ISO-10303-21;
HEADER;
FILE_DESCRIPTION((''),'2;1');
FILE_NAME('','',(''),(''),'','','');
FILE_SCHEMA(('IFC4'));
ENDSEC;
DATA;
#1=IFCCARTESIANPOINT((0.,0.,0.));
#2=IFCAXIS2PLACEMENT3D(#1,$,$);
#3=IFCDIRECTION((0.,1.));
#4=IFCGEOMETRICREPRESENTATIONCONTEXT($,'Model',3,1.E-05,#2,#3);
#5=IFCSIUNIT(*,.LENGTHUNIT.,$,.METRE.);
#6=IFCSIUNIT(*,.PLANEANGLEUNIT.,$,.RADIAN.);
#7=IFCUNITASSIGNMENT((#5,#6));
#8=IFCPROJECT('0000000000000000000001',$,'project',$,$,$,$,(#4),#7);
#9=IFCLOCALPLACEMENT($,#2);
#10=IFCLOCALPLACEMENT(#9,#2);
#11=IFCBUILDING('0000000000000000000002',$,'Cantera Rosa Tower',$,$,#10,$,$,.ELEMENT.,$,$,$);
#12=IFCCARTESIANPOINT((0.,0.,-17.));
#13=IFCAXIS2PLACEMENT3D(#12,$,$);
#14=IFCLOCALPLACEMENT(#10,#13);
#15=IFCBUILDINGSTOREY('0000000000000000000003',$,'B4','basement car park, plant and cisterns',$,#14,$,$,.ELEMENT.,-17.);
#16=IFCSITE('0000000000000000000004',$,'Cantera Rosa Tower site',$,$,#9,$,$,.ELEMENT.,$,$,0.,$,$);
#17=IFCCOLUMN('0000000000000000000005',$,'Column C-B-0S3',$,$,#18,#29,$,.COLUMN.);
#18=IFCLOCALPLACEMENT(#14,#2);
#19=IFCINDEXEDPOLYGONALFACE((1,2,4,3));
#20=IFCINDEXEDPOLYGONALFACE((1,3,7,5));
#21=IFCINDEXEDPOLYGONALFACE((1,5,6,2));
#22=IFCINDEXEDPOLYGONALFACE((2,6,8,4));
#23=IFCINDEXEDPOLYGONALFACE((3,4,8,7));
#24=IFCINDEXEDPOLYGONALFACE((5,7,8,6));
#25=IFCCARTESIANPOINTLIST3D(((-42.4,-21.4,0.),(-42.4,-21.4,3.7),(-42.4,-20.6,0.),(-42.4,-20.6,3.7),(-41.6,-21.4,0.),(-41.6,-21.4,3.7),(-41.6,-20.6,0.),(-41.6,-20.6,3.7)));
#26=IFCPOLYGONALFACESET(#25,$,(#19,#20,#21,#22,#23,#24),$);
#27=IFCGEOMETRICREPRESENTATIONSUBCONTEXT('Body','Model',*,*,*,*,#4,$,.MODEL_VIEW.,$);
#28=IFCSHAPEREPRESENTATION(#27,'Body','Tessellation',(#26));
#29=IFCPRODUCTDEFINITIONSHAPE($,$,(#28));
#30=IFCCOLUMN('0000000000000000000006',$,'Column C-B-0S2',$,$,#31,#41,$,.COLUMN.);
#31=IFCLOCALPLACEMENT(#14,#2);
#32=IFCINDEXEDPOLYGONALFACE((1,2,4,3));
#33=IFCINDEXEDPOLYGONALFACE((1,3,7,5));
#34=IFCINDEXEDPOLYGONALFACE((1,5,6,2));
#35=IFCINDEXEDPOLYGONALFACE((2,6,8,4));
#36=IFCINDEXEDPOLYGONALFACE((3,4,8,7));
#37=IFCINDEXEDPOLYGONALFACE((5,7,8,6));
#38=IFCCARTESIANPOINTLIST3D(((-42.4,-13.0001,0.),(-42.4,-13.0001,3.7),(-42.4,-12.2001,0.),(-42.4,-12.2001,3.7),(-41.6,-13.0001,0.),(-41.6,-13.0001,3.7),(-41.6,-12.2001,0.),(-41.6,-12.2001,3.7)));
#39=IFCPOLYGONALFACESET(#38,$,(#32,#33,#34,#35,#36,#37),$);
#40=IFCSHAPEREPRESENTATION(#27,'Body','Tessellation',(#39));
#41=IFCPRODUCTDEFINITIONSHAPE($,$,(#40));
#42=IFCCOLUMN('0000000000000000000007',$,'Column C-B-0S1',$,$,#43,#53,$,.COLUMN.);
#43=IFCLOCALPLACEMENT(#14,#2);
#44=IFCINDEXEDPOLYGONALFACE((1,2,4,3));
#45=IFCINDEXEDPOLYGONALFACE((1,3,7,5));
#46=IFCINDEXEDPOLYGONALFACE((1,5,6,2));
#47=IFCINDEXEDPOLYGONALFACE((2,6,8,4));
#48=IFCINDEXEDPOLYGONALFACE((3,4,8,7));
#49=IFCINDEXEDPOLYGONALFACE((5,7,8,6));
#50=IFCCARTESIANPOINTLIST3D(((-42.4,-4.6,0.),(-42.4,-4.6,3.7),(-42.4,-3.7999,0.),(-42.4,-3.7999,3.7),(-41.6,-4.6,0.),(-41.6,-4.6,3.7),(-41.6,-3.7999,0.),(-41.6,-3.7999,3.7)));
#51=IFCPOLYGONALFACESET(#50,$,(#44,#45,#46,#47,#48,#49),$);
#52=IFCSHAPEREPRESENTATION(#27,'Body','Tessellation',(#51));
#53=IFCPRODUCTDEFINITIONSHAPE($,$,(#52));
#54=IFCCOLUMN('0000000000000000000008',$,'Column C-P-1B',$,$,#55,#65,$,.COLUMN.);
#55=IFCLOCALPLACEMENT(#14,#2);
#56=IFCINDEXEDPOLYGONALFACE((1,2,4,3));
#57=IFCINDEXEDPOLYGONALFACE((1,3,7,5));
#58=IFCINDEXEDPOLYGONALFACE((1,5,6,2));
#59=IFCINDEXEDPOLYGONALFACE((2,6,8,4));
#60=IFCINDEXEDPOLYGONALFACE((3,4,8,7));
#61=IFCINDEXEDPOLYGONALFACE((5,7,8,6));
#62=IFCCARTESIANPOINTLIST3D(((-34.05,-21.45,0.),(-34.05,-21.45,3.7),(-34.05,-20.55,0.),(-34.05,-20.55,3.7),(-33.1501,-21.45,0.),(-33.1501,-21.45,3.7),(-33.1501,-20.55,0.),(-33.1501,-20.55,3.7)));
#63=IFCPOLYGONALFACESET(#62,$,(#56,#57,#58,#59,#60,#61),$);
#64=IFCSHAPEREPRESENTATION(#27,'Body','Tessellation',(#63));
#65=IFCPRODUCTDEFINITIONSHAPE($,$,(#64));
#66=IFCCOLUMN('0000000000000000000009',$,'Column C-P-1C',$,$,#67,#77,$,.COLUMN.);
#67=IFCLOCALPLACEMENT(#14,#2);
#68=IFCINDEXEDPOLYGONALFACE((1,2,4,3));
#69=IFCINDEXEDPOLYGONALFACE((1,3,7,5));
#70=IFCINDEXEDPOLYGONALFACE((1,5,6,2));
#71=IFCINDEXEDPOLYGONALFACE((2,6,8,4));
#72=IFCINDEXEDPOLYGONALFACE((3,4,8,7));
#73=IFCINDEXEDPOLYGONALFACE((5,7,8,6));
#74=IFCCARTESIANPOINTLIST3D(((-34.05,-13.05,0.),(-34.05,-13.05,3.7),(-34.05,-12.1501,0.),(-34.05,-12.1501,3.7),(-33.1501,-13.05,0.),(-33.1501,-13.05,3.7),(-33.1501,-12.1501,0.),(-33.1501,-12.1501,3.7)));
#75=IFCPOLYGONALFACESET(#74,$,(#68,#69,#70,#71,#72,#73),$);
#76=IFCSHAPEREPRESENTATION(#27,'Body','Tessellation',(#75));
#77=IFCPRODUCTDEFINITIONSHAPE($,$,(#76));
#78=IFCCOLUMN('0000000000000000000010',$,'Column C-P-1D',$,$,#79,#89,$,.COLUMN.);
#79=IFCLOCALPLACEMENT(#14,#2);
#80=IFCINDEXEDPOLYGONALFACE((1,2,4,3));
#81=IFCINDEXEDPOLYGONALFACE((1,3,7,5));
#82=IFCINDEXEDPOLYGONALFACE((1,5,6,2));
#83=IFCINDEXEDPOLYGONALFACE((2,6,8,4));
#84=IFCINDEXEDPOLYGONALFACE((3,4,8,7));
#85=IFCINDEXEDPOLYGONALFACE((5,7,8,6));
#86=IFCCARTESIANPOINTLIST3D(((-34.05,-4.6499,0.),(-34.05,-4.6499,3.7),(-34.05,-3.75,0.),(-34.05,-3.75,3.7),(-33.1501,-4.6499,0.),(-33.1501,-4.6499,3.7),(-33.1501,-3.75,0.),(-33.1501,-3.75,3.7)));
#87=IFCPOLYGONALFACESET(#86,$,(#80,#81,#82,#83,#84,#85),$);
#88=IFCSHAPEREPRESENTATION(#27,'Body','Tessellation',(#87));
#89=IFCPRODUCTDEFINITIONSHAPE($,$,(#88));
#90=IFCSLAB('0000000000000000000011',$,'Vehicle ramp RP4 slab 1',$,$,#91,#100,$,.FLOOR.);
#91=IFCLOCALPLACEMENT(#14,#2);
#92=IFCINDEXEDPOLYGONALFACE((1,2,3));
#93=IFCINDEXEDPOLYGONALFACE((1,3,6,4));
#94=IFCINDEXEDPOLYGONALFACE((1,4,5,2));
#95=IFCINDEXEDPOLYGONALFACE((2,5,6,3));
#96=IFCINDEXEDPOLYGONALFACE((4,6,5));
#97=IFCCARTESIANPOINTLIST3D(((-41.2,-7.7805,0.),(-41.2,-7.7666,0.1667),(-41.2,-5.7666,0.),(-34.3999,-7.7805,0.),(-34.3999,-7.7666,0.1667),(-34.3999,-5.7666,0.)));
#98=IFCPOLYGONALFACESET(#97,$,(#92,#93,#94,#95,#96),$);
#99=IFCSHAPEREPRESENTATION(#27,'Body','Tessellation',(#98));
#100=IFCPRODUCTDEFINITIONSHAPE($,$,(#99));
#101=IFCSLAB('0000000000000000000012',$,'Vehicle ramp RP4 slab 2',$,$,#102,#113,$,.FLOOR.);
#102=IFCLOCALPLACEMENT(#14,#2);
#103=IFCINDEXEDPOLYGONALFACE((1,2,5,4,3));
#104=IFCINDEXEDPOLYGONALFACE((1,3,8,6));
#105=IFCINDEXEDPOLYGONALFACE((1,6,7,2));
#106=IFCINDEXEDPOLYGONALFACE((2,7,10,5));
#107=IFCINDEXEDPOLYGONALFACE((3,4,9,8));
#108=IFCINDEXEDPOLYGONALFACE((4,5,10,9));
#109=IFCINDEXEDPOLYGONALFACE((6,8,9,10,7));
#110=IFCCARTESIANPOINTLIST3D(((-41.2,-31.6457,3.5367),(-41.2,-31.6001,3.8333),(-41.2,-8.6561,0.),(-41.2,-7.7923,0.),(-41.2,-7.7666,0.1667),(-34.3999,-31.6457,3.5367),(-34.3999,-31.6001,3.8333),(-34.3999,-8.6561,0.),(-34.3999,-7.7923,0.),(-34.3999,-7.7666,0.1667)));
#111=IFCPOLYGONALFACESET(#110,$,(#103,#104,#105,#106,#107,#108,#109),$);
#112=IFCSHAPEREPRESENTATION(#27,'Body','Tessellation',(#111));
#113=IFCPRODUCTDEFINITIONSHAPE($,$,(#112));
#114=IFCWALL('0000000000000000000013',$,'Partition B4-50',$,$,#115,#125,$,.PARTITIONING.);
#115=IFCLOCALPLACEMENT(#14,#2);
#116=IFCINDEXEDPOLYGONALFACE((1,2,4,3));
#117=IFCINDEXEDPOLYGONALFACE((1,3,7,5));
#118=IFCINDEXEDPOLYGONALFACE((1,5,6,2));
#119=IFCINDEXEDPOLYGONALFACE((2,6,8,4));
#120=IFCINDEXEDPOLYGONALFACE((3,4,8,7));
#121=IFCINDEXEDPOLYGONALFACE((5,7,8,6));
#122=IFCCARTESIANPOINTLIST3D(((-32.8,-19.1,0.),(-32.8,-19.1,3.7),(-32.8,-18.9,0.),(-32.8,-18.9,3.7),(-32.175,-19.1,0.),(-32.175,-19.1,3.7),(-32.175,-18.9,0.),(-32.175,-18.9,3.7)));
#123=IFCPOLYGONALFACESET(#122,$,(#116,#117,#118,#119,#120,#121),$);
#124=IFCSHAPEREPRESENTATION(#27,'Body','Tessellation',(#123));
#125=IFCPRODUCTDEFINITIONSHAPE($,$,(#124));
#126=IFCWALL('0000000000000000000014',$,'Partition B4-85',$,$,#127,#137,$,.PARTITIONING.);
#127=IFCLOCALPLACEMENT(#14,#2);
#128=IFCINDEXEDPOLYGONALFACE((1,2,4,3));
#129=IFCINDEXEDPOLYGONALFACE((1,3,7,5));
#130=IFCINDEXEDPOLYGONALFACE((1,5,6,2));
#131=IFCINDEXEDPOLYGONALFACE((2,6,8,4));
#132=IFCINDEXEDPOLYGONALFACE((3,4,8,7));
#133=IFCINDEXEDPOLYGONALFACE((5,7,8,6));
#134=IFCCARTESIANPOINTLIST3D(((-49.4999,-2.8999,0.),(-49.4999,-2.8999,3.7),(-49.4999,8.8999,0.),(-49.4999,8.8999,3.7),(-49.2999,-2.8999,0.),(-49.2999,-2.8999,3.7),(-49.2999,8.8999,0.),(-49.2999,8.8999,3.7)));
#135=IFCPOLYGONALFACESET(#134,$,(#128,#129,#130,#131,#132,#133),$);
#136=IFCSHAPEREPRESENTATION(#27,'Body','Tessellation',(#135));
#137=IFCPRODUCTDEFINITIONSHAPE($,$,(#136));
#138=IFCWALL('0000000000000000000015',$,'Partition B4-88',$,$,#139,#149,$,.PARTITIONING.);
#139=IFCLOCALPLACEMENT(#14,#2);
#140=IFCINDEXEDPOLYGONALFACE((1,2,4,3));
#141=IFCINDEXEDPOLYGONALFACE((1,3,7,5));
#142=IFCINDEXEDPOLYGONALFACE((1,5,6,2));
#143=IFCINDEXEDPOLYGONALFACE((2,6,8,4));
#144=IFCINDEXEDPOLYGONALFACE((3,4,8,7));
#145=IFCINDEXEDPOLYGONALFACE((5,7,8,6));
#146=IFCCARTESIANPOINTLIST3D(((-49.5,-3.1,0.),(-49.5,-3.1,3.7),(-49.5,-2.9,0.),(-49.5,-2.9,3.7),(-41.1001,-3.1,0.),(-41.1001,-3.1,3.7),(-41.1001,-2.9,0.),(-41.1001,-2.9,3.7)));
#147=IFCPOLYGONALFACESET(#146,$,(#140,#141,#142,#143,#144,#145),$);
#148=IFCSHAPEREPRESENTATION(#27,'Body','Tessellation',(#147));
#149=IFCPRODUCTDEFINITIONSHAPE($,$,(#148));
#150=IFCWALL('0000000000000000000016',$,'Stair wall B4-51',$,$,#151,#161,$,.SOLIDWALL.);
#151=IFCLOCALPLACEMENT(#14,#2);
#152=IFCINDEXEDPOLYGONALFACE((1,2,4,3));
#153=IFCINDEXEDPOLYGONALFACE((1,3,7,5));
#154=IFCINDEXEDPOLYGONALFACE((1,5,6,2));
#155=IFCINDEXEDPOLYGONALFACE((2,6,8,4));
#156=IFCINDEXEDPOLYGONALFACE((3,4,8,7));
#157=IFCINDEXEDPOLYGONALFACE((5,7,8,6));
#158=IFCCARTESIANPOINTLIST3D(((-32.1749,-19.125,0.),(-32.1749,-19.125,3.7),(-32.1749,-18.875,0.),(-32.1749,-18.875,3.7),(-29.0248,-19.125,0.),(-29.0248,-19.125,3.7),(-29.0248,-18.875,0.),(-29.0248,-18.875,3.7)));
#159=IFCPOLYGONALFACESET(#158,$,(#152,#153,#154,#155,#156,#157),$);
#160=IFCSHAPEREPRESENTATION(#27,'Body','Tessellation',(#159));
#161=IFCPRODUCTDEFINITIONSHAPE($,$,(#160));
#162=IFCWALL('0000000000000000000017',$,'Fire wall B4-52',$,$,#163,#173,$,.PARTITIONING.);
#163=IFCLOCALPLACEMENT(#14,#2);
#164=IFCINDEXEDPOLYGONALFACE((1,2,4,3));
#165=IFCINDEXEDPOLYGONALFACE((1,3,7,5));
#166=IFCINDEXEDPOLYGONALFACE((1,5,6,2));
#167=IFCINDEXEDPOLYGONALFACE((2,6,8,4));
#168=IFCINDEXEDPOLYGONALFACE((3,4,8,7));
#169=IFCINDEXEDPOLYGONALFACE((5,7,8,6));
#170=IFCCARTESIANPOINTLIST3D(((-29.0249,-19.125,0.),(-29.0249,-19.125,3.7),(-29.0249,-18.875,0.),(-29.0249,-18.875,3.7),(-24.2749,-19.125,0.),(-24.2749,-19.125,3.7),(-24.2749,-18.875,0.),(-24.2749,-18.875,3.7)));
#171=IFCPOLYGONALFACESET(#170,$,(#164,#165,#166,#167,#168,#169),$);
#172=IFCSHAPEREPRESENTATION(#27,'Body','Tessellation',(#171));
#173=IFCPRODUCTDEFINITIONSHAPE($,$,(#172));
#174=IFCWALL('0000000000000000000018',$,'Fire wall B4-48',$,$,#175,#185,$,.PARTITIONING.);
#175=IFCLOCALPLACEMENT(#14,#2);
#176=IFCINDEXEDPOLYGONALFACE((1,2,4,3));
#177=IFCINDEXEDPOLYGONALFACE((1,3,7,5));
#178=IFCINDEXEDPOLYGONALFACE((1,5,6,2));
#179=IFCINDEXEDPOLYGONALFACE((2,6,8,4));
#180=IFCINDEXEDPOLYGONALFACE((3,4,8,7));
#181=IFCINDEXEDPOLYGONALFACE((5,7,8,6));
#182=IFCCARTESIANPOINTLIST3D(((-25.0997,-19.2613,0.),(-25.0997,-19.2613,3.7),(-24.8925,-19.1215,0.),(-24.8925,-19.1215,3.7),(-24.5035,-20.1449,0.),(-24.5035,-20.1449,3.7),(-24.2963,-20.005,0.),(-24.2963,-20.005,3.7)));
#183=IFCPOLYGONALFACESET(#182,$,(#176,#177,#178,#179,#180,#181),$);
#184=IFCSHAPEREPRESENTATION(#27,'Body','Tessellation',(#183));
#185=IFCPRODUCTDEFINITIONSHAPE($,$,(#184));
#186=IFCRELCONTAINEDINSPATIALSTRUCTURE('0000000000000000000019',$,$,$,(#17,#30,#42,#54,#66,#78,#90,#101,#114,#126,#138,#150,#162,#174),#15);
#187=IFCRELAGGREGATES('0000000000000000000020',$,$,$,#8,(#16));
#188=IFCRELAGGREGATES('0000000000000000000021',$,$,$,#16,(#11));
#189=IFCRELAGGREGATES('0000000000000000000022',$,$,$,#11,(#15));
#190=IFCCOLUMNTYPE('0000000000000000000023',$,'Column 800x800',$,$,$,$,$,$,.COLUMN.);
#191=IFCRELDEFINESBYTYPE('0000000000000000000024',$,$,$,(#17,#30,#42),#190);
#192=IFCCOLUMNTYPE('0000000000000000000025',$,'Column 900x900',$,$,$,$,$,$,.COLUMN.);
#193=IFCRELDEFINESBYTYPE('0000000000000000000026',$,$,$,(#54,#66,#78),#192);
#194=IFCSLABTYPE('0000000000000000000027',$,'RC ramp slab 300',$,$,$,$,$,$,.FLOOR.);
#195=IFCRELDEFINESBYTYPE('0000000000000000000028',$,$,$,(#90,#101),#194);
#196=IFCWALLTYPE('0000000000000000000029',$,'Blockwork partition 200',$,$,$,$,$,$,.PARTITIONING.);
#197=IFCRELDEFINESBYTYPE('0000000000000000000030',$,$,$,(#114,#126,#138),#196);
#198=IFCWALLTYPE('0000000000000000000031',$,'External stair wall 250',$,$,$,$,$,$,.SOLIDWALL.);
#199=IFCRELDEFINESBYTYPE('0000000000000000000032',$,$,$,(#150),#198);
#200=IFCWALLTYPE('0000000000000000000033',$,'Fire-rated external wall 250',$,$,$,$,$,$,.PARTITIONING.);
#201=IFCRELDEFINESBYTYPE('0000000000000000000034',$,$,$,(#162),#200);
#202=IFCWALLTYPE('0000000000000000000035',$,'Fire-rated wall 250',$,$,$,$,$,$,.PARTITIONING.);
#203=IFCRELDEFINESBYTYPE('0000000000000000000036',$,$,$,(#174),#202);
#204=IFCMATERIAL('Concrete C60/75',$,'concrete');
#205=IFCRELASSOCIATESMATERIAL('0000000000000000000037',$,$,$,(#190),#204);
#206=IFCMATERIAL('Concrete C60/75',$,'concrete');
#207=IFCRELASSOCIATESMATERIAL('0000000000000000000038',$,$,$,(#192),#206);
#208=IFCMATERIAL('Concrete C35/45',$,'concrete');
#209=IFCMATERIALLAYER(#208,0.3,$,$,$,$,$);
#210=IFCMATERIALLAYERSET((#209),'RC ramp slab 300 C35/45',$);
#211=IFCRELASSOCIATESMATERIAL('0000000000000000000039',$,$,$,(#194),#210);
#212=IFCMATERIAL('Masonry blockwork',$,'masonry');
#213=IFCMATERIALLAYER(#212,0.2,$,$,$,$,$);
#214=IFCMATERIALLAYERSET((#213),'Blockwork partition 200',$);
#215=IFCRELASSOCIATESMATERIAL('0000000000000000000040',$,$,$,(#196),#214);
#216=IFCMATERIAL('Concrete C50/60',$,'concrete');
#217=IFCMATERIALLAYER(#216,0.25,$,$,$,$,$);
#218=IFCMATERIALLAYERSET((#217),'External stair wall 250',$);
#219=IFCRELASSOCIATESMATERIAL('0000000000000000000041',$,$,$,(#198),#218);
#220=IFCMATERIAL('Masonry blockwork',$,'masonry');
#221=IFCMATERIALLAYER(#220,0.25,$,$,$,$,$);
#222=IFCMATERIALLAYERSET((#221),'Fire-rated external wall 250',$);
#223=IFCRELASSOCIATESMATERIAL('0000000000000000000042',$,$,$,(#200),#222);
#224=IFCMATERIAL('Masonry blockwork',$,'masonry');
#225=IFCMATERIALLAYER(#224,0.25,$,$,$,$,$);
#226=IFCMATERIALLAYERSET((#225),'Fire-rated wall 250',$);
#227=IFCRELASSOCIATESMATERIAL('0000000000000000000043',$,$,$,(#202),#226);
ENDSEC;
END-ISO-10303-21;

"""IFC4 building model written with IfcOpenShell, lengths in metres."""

from ifc_helpers import new_model, si_unit, direction, frame, frame_2d, origin, origin_2d, place, context, subcontext, project, spatial, polyline, rectangle, outline, extrude, clip, halfspace, material, layer, layer_set, material_profile, profile_set, type_object, element, save


model = new_model("IFC4")

# Units and contexts
model_context = context("Model", 3, precision=1e-05, world=origin(), true_north=direction((0.0, 1.0)))
body_context = subcontext(model_context, "Body", "Model", "MODEL_VIEW")
ifc_project = project(units=[si_unit("LENGTHUNIT", "METRE"), si_unit("PLANEANGLEUNIT", "RADIAN")], contexts=[model_context])

# Site, building, storey
site_placement = place(None, origin())
site = spatial("IfcSite", under=ifc_project, at=site_placement, Name="Cantera Rosa Tower site", CompositionType="ELEMENT", RefElevation=0.0)
building_placement = place(site_placement, origin())
building = spatial("IfcBuilding", under=site, at=building_placement, Name="Cantera Rosa Tower", CompositionType="ELEMENT")
storey_placement = place(building_placement, frame((0.0, 0.0, -17.0)))
storey = spatial("IfcBuildingStorey", under=building, at=storey_placement, Name="B4", Description="basement car park, plant and cisterns", CompositionType="ELEMENT", Elevation=-17.0)

# Columns
ifc_material_1 = material(Name="Concrete C60/75", Category="concrete")
ifc_material_profile_1 = material_profile(ifc_material_1, rectangle(XDim=0.8, YDim=0.8, at=origin_2d()), Name="Column 800x800")
ifc_profile_set_1 = profile_set([ifc_material_profile_1], Name="Concrete C60/75")
column_type_1 = type_object("IfcColumnType", Name="Column 800x800", PredefinedType="COLUMN", material=ifc_profile_set_1)
for number, where, z_axis, x_axis, name in (
    (1, (-42.0, -21.0, 0.0), (0.0, 0.0, 1.0), (1.0, 0.0, 0.0), "Column C-B-0S3"),
    (2, (-42.0, -12.6001, 0.0), (0.0, 0.0, 1.0), (1.0, 0.0, 0.0), "Column C-B-0S2"),
    (3, (-42.0, -4.2, 0.0), (0.0, 0.0, 1.0), (1.0, 0.0, 0.0), "Column C-B-0S1"),
):
    element("IfcColumn", number, at=place(storey_placement, frame(where, z_axis=z_axis, x_axis=x_axis)), inside=storey, type_object=column_type_1, Name=name, PredefinedType="COLUMN", context=body_context, shape_type="SweptSolid", body=[
        extrude(rectangle(XDim=0.8, YDim=0.8, at=origin_2d()), origin(), (0.0, 0.0, 1.0), 3.7),
    ])
ifc_material_2 = material(Name="Concrete C60/75", Category="concrete")
ifc_material_profile_2 = material_profile(ifc_material_2, rectangle(XDim=0.8999, YDim=0.8999, at=origin_2d()), Name="Column 900x900")
ifc_profile_set_2 = profile_set([ifc_material_profile_2], Name="Concrete C60/75")
column_type_2 = type_object("IfcColumnType", Name="Column 900x900", PredefinedType="COLUMN", material=ifc_profile_set_2)
for number, where, z_axis, x_axis, name in (
    (4, (-33.6001, -21.0, 0.0), (0.0, 0.0, 1.0), (1.0, 0.0, 0.0), "Column C-P-1B"),
    (5, (-33.6001, -12.6001, 0.0), (0.0, 0.0, 1.0), (1.0, 0.0, 0.0), "Column C-P-1C"),
    (6, (-33.6001, -4.2, 0.0), (0.0, 0.0, 1.0), (1.0, 0.0, 0.0), "Column C-P-1D"),
):
    element("IfcColumn", number, at=place(storey_placement, frame(where, z_axis=z_axis, x_axis=x_axis)), inside=storey, type_object=column_type_2, Name=name, PredefinedType="COLUMN", context=body_context, shape_type="SweptSolid", body=[
        extrude(rectangle(XDim=0.8999, YDim=0.8999, at=origin_2d()), origin(), (0.0, 0.0, 1.0), 3.7),
    ])

# Slabs
ifc_material_3 = material(Name="Concrete C35/45", Category="concrete")
ifc_layer_1 = layer(ifc_material_3, 0.3)
ifc_layer_set_1 = layer_set([ifc_layer_1], Name="RC ramp slab 300 C35/45")
slab_type = type_object("IfcSlabType", Name="RC ramp slab 300", PredefinedType="FLOOR", material=ifc_layer_set_1)
slab_1_placement = place(storey_placement, frame((-41.2, -5.7666, 0.0), z_axis=(0.0, 0.083086, 0.996542), x_axis=(1.0, 0.0, 0.0)))
element("IfcSlab", 7, at=slab_1_placement, inside=storey, type_object=slab_type, Name="Vehicle ramp RP4 slab 1", PredefinedType="FLOOR", context=body_context, shape_type="Clipping", body=[
    clip(extrude(outline(polyline([(0.0, 0.0), (6.8, 0.0), (6.8, -2.0069), (0.0, -2.0069), (0.0, 0.0)])), origin(), (0.0, 0.0, -1.0), 0.3), halfspace(frame((0.0, 0.0, 0.0), z_axis=(0.0, -0.083086, 0.996542), x_axis=(1.0, 0.0, 0.0)), True)),
])
slab_2_placement = place(storey_placement, frame((-41.2, -7.7666, 0.1667), z_axis=(0.0, 0.15205, 0.988373), x_axis=(1.0, 0.0, 0.0)))
element("IfcSlab", 8, at=slab_2_placement, inside=storey, type_object=slab_type, Name="Vehicle ramp RP4 slab 2", PredefinedType="FLOOR", context=body_context, shape_type="Clipping", body=[
    clip(extrude(outline(polyline([(0.0, 0.0), (6.8, 0.0), (6.8, -24.1139), (0.0, -24.1139), (0.0, 0.0)])), origin(), (0.0, 0.0, -1.0), 0.3), halfspace(frame((0.0, 0.0254, -0.1648), z_axis=(0.0, -0.15205, 0.988373), x_axis=(1.0, 0.0, 0.0)), True)),
])

# Wall
ifc_material_4 = material(Name="Masonry blockwork", Category="masonry")
ifc_layer_2 = layer(ifc_material_4, 0.2)
ifc_layer_set_2 = layer_set([ifc_layer_2], Name="Blockwork partition 200")
wall_type_1 = type_object("IfcWallType", Name="Blockwork partition 200", PredefinedType="PARTITIONING", material=ifc_layer_set_2)
wall_1_placement = place(storey_placement, frame((-32.8, -19.0, 0.0), z_axis=(0.0, 0.0, 1.0), x_axis=(1.0, 0.0, 0.0)))
element("IfcWall", 9, at=wall_1_placement, inside=storey, type_object=wall_type_1, Name="Partition B4-50", PredefinedType="PARTITIONING", context=body_context, shape_type="SweptSolid", body=[
    extrude(rectangle(XDim=0.625, YDim=0.2, at=frame_2d((0.3125, 0.0))), origin(), (0.0, 0.0, 1.0), 3.7),
])

# Walls
wall_2_placement = place(storey_placement, frame((-49.3999, -2.8999, 0.0), z_axis=(0.0, 0.0, 1.0), x_axis=(0.0, 1.0, 0.0)))
element("IfcWall", 10, at=wall_2_placement, inside=storey, type_object=wall_type_1, Name="Partition B4-85", PredefinedType="PARTITIONING", context=body_context, shape_type="SweptSolid", body=[
    extrude(rectangle(XDim=11.7998, YDim=0.2, at=frame_2d((5.8999, 0.0))), origin(), (0.0, 0.0, 1.0), 3.7),
])
wall_3_placement = place(storey_placement, frame((-49.5, -3.0, 0.0), z_axis=(0.0, 0.0, 1.0), x_axis=(1.0, 0.0, 0.0)))
element("IfcWall", 11, at=wall_3_placement, inside=storey, type_object=wall_type_1, Name="Partition B4-88", PredefinedType="PARTITIONING", context=body_context, shape_type="SweptSolid", body=[
    extrude(rectangle(XDim=8.3999, YDim=0.2, at=frame_2d((4.2, 0.0))), origin(), (0.0, 0.0, 1.0), 3.7),
])
ifc_material_5 = material(Name="Concrete C50/60", Category="concrete")
ifc_layer_3 = layer(ifc_material_5, 0.25)
ifc_layer_set_3 = layer_set([ifc_layer_3], Name="External stair wall 250")
wall_type_2 = type_object("IfcWallType", Name="External stair wall 250", PredefinedType="SOLIDWALL", material=ifc_layer_set_3)
wall_4_placement = place(storey_placement, frame((-32.175, -19.0, 0.0), z_axis=(0.0, 0.0, 1.0), x_axis=(1.0, 0.0, 0.0)))
element("IfcWall", 12, at=wall_4_placement, inside=storey, type_object=wall_type_2, Name="Stair wall B4-51", PredefinedType="SOLIDWALL", context=body_context, shape_type="SweptSolid", body=[
    extrude(rectangle(XDim=3.1501, YDim=0.25, at=frame_2d((1.5752, 0.0))), origin(), (0.0, 0.0, 1.0), 3.7),
])
ifc_material_6 = material(Name="Masonry blockwork", Category="masonry")
ifc_layer_4 = layer(ifc_material_6, 0.25)
ifc_layer_set_4 = layer_set([ifc_layer_4], Name="Fire-rated external wall 250")
wall_type_3 = type_object("IfcWallType", Name="Fire-rated external wall 250", PredefinedType="PARTITIONING", material=ifc_layer_set_4)
wall_5_placement = place(storey_placement, frame((-29.0249, -19.0, 0.0), z_axis=(0.0, 0.0, 1.0), x_axis=(1.0, 0.0, 0.0)))
element("IfcWall", 13, at=wall_5_placement, inside=storey, type_object=wall_type_3, Name="Fire wall B4-52", PredefinedType="PARTITIONING", context=body_context, shape_type="SweptSolid", body=[
    extrude(rectangle(XDim=4.75, YDim=0.25, at=frame_2d((2.375, 0.0))), origin(), (0.0, 0.0, 1.0), 3.7),
])
ifc_material_7 = material(Name="Masonry blockwork", Category="masonry")
ifc_layer_5 = layer(ifc_material_7, 0.25)
ifc_layer_set_5 = layer_set([ifc_layer_5], Name="Fire-rated wall 250")
wall_type_4 = type_object("IfcWallType", Name="Fire-rated wall 250", PredefinedType="PARTITIONING", material=ifc_layer_set_5)
wall_6_placement = place(storey_placement, frame((-24.3999, -20.075, 0.0), z_axis=(0.0, 0.0, 1.0), x_axis=(-0.559343, 0.828936, 0.0)))
element("IfcWall", 14, at=wall_6_placement, inside=storey, type_object=wall_type_4, Name="Fire wall B4-48", PredefinedType="PARTITIONING", context=body_context, shape_type="SweptSolid", body=[
    extrude(rectangle(XDim=1.0659, YDim=0.25, at=frame_2d((0.533, 0.0))), origin(), (0.0, 0.0, 1.0), 3.7),
])

save(model, "model.ifc")
